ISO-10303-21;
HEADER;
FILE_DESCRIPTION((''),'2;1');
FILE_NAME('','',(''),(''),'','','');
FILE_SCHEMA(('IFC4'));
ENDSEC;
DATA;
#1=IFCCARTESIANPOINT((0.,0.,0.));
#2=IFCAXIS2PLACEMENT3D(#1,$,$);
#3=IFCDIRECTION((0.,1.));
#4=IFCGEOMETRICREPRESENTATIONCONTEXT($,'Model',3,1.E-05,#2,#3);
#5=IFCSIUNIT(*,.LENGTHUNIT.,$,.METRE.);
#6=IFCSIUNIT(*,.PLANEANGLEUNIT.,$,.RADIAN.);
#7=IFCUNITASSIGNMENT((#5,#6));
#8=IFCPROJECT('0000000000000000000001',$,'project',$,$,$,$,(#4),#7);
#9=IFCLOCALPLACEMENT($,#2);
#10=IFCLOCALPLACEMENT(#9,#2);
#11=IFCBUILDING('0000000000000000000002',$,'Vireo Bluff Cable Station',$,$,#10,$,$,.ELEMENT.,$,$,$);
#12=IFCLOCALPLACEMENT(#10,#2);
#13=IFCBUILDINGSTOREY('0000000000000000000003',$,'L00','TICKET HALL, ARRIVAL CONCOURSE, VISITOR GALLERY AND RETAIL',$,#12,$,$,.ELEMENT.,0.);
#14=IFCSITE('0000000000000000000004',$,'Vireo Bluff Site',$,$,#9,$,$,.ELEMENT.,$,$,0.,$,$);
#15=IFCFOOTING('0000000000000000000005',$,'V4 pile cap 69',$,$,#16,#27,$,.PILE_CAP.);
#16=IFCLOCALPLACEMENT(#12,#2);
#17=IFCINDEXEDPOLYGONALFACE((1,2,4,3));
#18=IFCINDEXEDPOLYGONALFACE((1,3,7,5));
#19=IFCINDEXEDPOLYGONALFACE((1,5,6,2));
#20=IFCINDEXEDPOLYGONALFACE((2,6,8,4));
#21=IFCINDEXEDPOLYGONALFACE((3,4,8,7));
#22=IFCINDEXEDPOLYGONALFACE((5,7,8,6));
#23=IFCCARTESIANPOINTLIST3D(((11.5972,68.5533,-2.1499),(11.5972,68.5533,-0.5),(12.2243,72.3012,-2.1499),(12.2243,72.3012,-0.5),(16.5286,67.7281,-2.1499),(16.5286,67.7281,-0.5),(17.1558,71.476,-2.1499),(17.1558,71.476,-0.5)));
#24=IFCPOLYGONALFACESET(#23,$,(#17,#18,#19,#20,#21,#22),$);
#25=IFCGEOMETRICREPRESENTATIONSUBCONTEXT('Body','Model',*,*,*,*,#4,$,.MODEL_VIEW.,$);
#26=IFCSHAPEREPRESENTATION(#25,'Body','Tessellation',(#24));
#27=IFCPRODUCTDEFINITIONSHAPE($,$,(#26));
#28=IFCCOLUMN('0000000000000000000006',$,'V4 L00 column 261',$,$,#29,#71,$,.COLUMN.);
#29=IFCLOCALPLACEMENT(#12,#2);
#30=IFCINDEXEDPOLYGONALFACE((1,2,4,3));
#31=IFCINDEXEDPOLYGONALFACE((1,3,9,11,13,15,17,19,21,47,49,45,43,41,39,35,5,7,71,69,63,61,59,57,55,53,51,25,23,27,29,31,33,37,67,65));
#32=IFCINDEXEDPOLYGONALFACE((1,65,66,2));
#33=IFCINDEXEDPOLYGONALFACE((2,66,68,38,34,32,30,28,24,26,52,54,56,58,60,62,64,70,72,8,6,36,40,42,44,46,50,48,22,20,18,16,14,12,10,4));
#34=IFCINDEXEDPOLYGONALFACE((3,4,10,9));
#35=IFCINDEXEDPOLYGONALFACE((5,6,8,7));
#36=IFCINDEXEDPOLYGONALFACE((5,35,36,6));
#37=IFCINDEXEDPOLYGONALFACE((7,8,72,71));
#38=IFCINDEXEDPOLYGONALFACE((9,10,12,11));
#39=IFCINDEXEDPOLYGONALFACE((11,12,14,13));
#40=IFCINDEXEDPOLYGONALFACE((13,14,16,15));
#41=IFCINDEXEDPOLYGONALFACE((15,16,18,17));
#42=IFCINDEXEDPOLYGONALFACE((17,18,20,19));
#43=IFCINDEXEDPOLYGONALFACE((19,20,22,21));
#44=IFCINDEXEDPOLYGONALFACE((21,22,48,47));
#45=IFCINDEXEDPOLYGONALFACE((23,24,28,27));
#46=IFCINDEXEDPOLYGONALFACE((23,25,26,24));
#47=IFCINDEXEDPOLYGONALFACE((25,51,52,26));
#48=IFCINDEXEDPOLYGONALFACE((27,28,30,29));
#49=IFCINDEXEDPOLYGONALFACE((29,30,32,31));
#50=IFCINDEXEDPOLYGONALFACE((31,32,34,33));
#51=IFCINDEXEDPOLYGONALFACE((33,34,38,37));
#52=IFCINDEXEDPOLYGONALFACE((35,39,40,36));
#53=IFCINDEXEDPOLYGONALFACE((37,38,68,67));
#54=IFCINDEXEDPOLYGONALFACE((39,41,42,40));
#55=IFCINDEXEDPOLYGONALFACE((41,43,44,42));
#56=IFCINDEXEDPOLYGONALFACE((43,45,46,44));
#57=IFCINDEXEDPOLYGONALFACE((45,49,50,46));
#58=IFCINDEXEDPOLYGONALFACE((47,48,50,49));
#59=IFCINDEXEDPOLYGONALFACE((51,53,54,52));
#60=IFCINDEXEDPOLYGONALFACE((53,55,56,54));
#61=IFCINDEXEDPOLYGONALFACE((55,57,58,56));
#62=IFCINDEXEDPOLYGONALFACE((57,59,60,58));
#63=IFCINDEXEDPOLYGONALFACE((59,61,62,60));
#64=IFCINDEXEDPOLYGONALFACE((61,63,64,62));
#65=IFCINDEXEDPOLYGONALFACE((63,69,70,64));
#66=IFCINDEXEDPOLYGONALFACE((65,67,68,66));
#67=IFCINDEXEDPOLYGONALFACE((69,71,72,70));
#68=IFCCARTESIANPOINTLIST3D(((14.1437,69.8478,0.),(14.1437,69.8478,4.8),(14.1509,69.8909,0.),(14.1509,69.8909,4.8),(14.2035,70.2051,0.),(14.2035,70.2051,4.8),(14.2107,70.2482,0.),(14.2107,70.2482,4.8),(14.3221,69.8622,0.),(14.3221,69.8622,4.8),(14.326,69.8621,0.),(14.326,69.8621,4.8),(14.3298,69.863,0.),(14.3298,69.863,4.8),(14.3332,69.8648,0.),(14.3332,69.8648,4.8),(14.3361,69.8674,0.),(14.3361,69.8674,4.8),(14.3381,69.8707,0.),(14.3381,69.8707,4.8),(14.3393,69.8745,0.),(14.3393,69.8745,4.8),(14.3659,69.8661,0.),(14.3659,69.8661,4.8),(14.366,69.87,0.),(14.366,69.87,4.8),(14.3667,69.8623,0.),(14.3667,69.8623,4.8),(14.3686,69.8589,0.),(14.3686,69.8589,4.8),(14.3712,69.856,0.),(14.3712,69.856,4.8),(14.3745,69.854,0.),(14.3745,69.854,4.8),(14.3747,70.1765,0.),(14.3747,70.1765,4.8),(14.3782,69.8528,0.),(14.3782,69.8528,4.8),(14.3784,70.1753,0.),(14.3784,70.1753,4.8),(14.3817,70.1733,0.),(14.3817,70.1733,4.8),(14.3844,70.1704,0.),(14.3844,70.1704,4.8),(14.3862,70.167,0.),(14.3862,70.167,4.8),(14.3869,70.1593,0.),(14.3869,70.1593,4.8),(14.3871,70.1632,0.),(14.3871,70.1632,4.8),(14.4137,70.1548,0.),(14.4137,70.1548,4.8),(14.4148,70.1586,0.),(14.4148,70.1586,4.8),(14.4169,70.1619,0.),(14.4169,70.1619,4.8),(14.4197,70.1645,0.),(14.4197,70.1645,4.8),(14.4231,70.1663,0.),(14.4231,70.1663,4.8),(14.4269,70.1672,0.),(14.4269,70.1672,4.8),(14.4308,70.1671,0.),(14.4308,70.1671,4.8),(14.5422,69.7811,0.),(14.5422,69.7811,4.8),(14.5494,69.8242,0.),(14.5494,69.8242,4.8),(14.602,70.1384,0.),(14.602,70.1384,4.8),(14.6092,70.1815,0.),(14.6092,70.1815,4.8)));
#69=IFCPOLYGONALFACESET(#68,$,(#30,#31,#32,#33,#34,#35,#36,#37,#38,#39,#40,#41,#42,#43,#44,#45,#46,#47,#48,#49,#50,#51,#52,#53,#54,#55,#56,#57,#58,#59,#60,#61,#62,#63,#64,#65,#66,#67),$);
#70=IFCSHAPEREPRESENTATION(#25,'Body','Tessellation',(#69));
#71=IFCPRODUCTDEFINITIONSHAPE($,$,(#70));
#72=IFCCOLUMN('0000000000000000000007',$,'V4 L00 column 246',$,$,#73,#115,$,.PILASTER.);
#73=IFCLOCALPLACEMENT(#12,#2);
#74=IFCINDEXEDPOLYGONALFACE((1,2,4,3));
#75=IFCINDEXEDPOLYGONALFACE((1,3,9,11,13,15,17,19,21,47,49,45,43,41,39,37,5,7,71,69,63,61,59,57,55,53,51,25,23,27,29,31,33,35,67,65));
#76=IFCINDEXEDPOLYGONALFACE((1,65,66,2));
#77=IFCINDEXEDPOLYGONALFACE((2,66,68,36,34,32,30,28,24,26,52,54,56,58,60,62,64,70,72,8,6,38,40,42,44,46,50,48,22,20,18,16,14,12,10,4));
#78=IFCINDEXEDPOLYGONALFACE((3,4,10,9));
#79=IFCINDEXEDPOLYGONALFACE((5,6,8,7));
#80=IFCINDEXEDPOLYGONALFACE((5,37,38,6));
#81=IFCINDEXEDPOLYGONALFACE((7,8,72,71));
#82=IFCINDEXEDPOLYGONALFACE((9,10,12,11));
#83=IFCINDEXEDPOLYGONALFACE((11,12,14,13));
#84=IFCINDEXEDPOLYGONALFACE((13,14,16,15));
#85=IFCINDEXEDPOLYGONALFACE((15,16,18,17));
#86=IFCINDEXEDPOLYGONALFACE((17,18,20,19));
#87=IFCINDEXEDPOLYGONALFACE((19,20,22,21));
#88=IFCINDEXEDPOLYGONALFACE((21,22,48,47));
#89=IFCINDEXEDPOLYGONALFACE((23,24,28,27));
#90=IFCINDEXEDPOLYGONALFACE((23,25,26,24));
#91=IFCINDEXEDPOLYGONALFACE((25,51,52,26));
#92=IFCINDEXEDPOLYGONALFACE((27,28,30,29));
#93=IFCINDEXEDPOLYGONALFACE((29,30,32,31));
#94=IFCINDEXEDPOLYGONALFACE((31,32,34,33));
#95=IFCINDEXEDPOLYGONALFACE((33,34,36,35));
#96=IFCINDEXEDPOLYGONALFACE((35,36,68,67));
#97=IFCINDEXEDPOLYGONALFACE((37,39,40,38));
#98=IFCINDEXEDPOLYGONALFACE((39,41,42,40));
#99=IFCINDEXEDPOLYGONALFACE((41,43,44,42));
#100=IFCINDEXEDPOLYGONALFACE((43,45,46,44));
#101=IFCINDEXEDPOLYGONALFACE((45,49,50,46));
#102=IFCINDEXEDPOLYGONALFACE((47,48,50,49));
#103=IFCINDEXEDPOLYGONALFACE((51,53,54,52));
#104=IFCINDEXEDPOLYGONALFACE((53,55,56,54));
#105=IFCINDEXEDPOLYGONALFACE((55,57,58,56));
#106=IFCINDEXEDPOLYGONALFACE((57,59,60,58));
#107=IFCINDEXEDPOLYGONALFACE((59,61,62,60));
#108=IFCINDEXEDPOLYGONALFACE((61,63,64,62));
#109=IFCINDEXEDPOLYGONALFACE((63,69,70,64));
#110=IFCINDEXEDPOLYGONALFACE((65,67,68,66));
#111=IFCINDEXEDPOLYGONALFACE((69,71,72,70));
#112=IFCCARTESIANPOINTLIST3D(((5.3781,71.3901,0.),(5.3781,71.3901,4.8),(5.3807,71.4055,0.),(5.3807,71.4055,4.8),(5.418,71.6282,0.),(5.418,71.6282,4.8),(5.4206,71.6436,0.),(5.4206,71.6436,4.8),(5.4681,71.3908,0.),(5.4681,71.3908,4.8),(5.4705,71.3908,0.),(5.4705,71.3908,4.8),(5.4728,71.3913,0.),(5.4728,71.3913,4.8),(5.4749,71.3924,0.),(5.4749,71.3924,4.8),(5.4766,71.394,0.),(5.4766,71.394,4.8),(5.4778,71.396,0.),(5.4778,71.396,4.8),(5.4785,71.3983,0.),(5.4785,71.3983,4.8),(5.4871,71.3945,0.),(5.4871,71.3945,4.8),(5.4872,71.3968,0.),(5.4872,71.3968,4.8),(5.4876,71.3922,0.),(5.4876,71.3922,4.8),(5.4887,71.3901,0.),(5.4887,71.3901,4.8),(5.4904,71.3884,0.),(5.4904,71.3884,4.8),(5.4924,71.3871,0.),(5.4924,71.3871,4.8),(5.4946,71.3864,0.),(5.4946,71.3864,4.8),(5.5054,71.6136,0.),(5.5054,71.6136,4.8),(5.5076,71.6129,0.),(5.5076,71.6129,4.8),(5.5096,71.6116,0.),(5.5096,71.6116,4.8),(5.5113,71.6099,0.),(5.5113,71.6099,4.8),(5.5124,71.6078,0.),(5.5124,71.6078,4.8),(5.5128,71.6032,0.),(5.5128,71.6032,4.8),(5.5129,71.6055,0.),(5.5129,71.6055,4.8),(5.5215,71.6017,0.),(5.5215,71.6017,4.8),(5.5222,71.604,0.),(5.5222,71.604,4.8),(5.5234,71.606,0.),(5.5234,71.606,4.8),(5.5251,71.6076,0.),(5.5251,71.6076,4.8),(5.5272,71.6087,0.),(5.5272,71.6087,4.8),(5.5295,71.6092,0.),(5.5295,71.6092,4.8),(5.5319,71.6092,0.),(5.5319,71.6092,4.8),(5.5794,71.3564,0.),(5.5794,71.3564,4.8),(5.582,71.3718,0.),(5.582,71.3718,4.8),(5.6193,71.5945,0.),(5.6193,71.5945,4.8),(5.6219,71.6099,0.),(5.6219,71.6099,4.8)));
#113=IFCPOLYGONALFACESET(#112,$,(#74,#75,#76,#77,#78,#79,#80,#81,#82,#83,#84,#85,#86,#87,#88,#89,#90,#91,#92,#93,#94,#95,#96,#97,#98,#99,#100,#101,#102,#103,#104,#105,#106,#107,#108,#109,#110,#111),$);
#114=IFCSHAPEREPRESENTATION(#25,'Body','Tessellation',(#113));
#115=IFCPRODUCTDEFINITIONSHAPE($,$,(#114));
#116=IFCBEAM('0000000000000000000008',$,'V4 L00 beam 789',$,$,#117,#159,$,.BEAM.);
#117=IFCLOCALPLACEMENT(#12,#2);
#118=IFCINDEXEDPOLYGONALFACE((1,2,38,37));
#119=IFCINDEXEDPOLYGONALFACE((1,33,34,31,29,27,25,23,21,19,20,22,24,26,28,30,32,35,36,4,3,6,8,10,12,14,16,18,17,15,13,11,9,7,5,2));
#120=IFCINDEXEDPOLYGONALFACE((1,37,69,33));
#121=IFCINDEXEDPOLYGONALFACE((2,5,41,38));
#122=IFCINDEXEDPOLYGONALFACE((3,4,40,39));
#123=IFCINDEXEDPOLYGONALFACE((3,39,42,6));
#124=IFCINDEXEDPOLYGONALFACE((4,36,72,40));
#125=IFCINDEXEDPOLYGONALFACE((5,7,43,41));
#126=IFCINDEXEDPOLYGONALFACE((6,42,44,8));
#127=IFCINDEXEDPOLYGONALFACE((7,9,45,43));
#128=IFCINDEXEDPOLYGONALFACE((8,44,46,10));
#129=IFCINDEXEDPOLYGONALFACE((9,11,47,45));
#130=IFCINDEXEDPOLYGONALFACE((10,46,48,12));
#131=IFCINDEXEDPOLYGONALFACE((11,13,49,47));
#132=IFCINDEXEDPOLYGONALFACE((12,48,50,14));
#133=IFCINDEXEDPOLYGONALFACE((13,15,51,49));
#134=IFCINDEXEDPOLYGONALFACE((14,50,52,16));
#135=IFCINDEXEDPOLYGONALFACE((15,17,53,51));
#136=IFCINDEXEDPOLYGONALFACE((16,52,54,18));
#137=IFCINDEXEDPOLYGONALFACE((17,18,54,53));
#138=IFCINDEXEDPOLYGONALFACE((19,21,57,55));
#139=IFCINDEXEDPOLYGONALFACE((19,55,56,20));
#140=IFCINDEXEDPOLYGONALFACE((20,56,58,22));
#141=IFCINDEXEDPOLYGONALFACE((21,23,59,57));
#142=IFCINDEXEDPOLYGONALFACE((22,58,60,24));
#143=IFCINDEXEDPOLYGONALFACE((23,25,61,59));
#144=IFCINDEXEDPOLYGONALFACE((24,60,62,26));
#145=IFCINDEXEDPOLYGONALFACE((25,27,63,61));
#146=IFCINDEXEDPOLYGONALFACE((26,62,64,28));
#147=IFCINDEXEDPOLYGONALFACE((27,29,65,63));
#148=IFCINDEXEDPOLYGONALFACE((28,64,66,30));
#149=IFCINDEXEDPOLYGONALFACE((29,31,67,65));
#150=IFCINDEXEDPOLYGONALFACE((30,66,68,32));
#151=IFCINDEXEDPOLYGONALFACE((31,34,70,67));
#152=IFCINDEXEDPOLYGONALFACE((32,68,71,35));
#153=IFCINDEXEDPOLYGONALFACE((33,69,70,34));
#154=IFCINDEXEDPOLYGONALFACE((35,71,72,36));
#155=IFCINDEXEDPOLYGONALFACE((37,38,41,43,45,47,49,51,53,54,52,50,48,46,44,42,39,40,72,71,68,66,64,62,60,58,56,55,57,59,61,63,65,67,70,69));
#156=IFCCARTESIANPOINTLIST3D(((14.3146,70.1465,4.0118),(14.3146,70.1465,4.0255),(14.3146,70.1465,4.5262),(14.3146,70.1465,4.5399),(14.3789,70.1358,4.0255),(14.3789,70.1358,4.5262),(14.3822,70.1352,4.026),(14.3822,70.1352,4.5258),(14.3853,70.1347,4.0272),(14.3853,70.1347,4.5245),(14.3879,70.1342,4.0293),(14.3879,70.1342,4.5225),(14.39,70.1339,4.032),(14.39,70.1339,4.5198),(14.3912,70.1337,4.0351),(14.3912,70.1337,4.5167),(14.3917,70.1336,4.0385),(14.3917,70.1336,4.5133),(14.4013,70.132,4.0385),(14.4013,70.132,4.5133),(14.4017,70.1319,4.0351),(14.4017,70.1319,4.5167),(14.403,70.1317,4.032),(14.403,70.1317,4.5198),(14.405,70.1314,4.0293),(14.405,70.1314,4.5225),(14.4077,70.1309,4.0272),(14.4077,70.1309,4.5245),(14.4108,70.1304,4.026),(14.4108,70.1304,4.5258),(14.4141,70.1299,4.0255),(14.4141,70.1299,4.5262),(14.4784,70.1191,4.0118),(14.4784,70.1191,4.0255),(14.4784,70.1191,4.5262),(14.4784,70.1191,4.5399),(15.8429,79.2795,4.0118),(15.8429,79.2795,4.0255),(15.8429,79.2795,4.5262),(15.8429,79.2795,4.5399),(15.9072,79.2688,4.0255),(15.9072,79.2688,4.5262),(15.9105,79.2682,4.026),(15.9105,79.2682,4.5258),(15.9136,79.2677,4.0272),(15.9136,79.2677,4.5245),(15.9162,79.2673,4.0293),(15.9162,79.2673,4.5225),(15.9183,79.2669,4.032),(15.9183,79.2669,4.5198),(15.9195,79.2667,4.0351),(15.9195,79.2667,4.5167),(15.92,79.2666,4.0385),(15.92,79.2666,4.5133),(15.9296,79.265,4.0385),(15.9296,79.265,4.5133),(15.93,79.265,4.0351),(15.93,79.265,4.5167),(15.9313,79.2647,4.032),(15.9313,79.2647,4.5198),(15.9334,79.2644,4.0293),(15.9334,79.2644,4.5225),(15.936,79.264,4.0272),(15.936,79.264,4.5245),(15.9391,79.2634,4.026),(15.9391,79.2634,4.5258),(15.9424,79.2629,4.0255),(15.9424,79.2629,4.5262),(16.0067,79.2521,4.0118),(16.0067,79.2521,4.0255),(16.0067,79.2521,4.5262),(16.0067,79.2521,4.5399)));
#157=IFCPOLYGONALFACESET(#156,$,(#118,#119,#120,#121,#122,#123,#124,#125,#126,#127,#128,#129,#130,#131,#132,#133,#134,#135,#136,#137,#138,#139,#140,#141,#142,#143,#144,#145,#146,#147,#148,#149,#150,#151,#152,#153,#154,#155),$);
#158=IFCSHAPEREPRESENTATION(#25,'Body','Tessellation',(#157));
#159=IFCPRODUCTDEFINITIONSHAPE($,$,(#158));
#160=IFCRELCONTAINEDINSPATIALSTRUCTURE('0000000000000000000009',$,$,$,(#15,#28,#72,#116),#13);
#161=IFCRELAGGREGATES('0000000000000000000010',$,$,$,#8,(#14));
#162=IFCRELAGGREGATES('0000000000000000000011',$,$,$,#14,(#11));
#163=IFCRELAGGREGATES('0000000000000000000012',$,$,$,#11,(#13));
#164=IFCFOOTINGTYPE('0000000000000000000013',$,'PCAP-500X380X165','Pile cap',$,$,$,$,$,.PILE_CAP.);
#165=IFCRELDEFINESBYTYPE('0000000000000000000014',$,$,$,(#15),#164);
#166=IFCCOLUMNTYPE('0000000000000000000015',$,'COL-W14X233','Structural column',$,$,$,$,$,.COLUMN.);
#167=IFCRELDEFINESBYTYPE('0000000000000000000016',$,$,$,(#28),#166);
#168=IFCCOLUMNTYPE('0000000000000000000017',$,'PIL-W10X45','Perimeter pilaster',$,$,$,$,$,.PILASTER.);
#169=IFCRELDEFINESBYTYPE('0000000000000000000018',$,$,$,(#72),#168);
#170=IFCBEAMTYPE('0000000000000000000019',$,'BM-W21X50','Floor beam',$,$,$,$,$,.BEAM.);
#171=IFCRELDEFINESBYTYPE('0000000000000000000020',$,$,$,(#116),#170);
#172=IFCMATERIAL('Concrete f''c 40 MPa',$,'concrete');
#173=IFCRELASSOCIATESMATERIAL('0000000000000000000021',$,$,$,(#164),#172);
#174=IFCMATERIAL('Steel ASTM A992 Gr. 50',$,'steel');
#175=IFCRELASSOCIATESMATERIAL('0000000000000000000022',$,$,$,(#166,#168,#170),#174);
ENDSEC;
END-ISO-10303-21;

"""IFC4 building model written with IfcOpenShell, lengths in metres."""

from ifc_helpers import new_model, si_unit, direction, frame, origin, origin_2d, place, context, subcontext, project, spatial, rectangle, i_section, extrude, material, material_profile, profile_set, type_object, element, save


model = new_model("IFC4")

# Units and contexts
model_context = context("Model", 3, precision=1e-05, world=origin(), true_north=direction((0.0, 1.0)))
body_context = subcontext(model_context, "Body", "Model", "MODEL_VIEW")
ifc_project = project(units=[si_unit("LENGTHUNIT", "METRE"), si_unit("PLANEANGLEUNIT", "RADIAN")], contexts=[model_context])

# Site, building, storey
site_placement = place(None, origin())
site = spatial("IfcSite", under=ifc_project, at=site_placement, Name="Vireo Bluff Site", CompositionType="ELEMENT", RefElevation=0.0)
building_placement = place(site_placement, origin())
building = spatial("IfcBuilding", under=site, at=building_placement, Name="Vireo Bluff Cable Station", CompositionType="ELEMENT")
storey_placement = place(building_placement, origin())
storey = spatial("IfcBuildingStorey", under=building, at=storey_placement, Name="L00", Description="TICKET HALL, ARRIVAL CONCOURSE, VISITOR GALLERY AND RETAIL", CompositionType="ELEMENT", Elevation=0.0)

# Footing
ifc_material_1 = material(Name="Concrete f'c 40 MPa", Category="concrete")
footing_type_1 = type_object("IfcFootingType", Name="PCAP-500X380X165", Description="Pile cap", PredefinedType="PILE_CAP", material=ifc_material_1)
footing_1_placement = place(storey_placement, frame((14.3765, 70.0146, -2.1499), z_axis=(0.0, 0.0, 1.0), x_axis=(0.986286, -0.165048, 0.0)))
element("IfcFooting", 1, at=footing_1_placement, inside=storey, type_object=footing_type_1, Name="V4 pile cap 69", PredefinedType="PILE_CAP", context=body_context, shape_type="SweptSolid", body=[
    extrude(rectangle(XDim=5.0, YDim=3.8, at=origin_2d()), origin(), (0.0, 0.0, 1.0), 1.6499),
])

# Columns
ifc_material_2 = material(Name="Steel ASTM A992 Gr. 50", Category="steel")
ifc_material_profile_1 = material_profile(ifc_material_2, i_section(OverallWidth=0.4041, OverallDepth=0.406, WebThickness=0.0271, FlangeThickness=0.0437, FilletRadius=0.0149, at=origin_2d()), Name="W14X233")
ifc_profile_set_1 = profile_set([ifc_material_profile_1], Name="Steel ASTM A992 Gr. 50")
column_type_1 = type_object("IfcColumnType", Name="COL-W14X233", Description="Structural column", PredefinedType="COLUMN", material=ifc_profile_set_1)
column_1_placement = place(storey_placement, frame((14.3765, 70.0146, 0.0), z_axis=(0.0, 0.0, 1.0), x_axis=(0.986286, -0.165048, 0.0)))
element("IfcColumn", 2, at=column_1_placement, inside=storey, type_object=column_type_1, Name="V4 L00 column 261", PredefinedType="COLUMN", context=body_context, shape_type="SweptSolid", body=[
    extrude(i_section(OverallWidth=0.4041, OverallDepth=0.406, WebThickness=0.0271, FlangeThickness=0.0437, FilletRadius=0.0149, at=origin_2d()), origin(), (0.0, 0.0, 1.0), 4.8),
])
ifc_material_profile_2 = material_profile(ifc_material_2, i_section(OverallWidth=0.2041, OverallDepth=0.2571, WebThickness=0.0088, FlangeThickness=0.0156, FilletRadius=0.009, at=origin_2d()), Name="W10X45")
ifc_profile_set_2 = profile_set([ifc_material_profile_2], Name="Steel ASTM A992 Gr. 50")
column_type_2 = type_object("IfcColumnType", Name="PIL-W10X45", Description="Perimeter pilaster", PredefinedType="PILASTER", material=ifc_profile_set_2)
column_2_placement = place(storey_placement, frame((5.5, 71.5, 0.0), z_axis=(0.0, 0.0, 1.0), x_axis=(0.986286, -0.165048, 0.0)))
element("IfcColumn", 3, at=column_2_placement, inside=storey, type_object=column_type_2, Name="V4 L00 column 246", PredefinedType="PILASTER", context=body_context, shape_type="SweptSolid", body=[
    extrude(i_section(OverallWidth=0.2041, OverallDepth=0.2571, WebThickness=0.0088, FlangeThickness=0.0156, FilletRadius=0.009, at=origin_2d()), origin(), (0.0, 0.0, 1.0), 4.8),
])

# Beam
ifc_material_profile_3 = material_profile(ifc_material_2, i_section(OverallWidth=0.166, OverallDepth=0.5281, WebThickness=0.0098, FlangeThickness=0.0137, FilletRadius=0.0129, at=origin_2d()), Name="W21X50")
ifc_profile_set_3 = profile_set([ifc_material_profile_3], Name="Steel ASTM A992 Gr. 50")
beam_type_1 = type_object("IfcBeamType", Name="BM-W21X50", Description="Floor beam", PredefinedType="BEAM", material=ifc_profile_set_3)
beam_1_placement = place(storey_placement, frame((14.3965, 70.1328, 4.2759), z_axis=(0.165045, 0.986286, 0.0), x_axis=(-0.986286, 0.165045, 0.0)))
element("IfcBeam", 4, at=beam_1_placement, inside=storey, type_object=beam_type_1, Name="V4 L00 beam 789", PredefinedType="BEAM", context=body_context, shape_type="SweptSolid", body=[
    extrude(i_section(OverallWidth=0.166, OverallDepth=0.5281, WebThickness=0.0098, FlangeThickness=0.0137, FilletRadius=0.0129, at=origin_2d()), origin(), (0.0, 0.0, 1.0), 9.26),
])

save(model, "model.ifc")
